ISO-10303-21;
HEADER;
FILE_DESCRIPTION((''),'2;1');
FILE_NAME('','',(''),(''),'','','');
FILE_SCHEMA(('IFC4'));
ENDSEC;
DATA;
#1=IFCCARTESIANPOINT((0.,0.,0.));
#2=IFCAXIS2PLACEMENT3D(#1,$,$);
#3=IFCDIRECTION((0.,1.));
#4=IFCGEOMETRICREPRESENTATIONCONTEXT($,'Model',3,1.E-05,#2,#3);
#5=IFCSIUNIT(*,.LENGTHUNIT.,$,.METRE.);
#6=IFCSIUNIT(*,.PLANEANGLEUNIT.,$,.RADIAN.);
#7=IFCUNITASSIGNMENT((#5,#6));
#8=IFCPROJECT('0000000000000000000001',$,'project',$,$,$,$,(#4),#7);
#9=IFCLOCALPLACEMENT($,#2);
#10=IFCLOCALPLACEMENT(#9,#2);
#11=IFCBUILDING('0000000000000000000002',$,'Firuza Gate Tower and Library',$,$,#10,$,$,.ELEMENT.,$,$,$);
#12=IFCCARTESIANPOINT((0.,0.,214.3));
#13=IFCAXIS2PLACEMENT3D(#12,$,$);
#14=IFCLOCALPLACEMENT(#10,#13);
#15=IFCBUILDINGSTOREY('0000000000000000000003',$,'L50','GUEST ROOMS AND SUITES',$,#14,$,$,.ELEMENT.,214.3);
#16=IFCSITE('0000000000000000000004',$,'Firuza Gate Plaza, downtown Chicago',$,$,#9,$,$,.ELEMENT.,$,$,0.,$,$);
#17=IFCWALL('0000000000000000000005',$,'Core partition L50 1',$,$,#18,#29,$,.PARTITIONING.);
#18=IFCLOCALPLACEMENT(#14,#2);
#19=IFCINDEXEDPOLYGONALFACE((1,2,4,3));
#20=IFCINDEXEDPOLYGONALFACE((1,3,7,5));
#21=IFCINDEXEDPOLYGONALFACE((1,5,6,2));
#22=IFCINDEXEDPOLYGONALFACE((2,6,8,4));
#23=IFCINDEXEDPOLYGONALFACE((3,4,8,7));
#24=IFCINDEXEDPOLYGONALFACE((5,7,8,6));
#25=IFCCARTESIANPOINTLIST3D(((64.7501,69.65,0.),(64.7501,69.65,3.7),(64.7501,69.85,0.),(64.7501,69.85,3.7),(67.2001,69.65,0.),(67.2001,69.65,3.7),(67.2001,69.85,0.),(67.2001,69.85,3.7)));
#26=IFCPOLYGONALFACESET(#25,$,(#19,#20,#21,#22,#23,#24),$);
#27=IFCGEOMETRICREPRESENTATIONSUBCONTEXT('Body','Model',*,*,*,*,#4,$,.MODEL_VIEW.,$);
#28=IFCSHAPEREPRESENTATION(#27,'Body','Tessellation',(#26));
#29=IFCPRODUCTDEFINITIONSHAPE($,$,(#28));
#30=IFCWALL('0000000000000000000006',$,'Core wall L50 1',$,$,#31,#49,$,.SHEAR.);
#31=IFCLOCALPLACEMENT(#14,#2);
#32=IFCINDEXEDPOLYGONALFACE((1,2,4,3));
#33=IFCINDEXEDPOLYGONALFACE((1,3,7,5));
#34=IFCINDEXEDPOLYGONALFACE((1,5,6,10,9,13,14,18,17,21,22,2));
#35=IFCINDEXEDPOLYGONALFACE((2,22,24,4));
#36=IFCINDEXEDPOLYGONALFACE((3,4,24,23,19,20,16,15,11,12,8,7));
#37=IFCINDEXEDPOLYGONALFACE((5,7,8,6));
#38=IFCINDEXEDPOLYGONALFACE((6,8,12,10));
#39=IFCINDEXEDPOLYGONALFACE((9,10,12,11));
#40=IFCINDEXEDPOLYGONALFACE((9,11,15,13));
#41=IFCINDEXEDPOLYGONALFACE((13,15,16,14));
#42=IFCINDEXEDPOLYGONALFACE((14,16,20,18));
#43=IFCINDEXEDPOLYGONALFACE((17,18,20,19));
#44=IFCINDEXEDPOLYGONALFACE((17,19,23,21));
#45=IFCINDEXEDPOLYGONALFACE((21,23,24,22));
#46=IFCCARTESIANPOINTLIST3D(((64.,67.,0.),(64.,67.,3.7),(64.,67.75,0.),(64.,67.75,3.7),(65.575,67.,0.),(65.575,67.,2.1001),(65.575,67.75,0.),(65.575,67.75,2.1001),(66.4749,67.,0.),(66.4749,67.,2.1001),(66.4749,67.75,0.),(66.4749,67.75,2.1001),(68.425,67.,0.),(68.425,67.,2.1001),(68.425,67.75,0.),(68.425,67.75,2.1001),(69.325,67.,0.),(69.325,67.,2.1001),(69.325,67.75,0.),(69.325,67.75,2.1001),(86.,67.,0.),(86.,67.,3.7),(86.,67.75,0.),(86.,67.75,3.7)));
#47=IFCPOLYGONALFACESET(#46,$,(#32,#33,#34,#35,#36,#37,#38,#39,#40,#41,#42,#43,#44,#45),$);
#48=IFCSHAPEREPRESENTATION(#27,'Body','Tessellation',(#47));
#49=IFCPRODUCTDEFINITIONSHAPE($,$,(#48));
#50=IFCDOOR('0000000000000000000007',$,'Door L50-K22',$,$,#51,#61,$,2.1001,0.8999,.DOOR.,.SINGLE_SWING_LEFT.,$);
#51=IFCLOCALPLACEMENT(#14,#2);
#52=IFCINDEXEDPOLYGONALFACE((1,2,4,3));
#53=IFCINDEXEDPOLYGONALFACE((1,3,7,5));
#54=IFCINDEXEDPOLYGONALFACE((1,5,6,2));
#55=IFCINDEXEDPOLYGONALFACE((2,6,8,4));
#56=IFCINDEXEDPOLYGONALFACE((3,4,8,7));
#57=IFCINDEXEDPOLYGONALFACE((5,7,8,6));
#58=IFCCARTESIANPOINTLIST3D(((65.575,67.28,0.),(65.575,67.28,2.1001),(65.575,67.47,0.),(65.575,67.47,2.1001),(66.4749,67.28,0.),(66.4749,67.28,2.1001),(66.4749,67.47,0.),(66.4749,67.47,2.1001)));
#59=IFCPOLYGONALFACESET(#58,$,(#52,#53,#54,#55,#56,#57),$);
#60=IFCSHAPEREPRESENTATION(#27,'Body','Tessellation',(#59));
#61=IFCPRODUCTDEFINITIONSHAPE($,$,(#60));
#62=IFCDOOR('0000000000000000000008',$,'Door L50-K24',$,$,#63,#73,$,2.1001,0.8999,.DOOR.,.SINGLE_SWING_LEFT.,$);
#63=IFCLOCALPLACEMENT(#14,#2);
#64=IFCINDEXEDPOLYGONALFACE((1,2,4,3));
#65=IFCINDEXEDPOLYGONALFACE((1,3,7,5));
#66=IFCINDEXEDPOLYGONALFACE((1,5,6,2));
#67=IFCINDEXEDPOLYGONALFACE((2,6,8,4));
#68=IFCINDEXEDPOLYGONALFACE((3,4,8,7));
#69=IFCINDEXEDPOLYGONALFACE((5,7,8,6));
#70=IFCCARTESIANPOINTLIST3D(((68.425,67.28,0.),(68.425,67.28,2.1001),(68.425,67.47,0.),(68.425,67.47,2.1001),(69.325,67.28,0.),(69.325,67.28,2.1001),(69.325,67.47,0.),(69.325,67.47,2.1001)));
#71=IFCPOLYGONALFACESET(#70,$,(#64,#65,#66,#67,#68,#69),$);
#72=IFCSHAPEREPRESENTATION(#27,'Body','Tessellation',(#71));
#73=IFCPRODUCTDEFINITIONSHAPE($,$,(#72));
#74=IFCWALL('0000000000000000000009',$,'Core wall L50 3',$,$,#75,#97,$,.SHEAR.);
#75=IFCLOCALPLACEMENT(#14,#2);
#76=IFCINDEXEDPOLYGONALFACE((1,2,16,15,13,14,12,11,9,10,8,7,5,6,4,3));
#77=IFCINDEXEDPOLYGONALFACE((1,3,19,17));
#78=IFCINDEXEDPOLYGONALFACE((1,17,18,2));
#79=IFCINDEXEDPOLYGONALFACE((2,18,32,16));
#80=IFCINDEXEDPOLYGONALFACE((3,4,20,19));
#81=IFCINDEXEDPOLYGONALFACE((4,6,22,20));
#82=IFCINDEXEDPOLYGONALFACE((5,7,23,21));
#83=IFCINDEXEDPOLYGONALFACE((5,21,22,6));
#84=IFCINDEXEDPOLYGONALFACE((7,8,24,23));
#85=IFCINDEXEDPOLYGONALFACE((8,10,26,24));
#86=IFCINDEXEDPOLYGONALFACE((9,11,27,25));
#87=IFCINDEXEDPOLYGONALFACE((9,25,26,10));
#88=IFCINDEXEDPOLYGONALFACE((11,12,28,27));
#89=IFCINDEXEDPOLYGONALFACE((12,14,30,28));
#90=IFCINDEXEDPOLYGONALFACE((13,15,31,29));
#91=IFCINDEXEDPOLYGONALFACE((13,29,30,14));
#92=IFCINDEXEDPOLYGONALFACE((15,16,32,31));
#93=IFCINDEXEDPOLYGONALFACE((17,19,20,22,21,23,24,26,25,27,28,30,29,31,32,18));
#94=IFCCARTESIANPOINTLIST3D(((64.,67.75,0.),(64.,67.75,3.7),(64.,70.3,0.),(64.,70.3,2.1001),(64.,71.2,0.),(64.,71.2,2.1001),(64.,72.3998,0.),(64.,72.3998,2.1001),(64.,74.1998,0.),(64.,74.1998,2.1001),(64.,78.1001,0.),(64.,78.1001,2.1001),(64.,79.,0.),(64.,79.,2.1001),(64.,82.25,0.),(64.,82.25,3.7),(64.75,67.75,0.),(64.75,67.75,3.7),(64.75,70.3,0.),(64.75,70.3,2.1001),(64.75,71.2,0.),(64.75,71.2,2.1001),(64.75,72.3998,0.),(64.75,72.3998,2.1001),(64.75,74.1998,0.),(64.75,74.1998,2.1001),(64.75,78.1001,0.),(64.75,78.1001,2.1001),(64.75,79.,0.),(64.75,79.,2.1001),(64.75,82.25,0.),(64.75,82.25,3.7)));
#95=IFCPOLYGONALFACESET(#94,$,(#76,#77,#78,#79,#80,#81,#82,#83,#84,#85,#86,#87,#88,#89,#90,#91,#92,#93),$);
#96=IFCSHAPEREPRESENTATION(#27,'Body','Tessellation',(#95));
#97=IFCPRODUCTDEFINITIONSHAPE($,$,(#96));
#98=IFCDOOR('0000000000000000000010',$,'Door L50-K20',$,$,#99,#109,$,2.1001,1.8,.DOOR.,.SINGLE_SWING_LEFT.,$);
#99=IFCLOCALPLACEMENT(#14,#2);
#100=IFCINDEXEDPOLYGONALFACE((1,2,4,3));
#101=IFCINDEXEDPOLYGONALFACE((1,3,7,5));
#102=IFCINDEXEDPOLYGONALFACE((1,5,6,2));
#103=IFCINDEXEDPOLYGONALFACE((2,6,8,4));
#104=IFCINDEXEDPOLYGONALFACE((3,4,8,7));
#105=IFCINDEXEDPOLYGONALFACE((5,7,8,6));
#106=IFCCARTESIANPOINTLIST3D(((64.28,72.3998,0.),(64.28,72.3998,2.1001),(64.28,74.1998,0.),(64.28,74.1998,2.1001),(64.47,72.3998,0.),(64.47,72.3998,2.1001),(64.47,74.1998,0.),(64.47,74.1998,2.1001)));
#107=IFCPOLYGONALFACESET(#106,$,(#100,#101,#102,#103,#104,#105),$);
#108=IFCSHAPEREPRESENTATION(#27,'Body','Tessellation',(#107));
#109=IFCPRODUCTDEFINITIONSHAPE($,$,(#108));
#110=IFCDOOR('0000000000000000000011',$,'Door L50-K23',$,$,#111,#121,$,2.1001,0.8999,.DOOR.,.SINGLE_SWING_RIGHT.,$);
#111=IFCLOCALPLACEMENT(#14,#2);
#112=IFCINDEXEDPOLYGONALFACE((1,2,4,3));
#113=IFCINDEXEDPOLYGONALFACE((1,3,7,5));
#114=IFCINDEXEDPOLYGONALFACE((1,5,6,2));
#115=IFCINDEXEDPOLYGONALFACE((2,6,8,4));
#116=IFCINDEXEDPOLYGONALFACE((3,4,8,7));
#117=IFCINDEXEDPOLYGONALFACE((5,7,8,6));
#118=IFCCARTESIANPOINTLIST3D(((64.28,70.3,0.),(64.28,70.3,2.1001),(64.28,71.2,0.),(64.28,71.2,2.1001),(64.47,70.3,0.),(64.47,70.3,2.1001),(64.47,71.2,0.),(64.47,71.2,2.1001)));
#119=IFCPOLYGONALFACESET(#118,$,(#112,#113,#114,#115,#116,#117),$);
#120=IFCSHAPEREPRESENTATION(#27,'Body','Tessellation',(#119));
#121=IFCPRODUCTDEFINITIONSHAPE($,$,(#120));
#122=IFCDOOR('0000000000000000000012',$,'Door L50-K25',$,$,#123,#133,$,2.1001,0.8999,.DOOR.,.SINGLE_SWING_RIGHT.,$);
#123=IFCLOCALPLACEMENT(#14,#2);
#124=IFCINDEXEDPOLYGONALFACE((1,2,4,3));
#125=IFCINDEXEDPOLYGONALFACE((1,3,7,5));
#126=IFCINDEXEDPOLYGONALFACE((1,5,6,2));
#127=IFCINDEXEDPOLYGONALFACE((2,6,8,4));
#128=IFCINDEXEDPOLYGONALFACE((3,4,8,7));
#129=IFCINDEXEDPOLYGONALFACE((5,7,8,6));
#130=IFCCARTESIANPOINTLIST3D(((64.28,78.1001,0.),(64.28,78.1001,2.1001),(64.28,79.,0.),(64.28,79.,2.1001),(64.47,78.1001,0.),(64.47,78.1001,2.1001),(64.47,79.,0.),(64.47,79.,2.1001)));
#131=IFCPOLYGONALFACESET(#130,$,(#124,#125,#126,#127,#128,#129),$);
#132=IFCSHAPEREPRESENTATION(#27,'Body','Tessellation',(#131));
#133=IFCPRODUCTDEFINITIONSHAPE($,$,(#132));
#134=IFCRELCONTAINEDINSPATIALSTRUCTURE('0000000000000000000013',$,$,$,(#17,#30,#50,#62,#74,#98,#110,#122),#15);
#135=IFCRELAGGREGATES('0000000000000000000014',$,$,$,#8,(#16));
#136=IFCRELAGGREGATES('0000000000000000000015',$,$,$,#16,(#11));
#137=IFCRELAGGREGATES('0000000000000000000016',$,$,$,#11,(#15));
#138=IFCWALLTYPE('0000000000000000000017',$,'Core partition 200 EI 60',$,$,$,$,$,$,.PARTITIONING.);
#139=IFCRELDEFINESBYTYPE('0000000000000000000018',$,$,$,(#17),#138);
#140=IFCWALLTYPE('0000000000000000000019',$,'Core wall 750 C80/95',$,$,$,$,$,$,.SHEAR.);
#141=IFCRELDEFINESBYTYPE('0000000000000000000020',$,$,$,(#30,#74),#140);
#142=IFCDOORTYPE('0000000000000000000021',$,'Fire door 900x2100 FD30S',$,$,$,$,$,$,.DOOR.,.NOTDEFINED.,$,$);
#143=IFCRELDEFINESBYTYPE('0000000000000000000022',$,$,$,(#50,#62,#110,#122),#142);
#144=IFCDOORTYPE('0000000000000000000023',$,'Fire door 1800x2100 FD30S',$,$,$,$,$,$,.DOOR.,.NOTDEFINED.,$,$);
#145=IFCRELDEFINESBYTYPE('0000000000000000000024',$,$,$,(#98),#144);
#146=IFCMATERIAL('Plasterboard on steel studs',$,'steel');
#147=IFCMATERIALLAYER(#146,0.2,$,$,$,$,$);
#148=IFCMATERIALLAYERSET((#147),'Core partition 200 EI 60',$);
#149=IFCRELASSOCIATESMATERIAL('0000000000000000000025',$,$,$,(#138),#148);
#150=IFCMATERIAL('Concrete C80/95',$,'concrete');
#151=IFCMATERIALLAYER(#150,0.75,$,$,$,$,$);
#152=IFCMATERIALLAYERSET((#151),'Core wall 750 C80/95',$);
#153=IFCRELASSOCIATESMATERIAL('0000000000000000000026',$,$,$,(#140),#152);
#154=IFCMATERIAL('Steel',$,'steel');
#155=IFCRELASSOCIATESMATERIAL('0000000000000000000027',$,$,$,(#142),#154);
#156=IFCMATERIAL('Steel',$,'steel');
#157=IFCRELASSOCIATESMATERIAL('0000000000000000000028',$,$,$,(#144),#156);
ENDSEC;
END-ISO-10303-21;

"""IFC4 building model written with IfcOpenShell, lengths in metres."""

from ifc_helpers import new_model, si_unit, direction, frame, frame_2d, origin, place, context, subcontext, project, spatial, rectangle, extrude, material, layer, layer_set, type_object, element, fill, save


model = new_model("IFC4")

# Units and contexts
model_context = context("Model", 3, precision=1e-05, world=origin(), true_north=direction((0.0, 1.0)))
body_context = subcontext(model_context, "Body", "Model", "MODEL_VIEW")
ifc_project = project(units=[si_unit("LENGTHUNIT", "METRE"), si_unit("PLANEANGLEUNIT", "RADIAN")], contexts=[model_context])

# Site, building, storey
site_placement = place(None, origin())
site = spatial("IfcSite", under=ifc_project, at=site_placement, Name="Firuza Gate Plaza, downtown Chicago", CompositionType="ELEMENT", RefElevation=0.0)
building_placement = place(site_placement, origin())
building = spatial("IfcBuilding", under=site, at=building_placement, Name="Firuza Gate Tower and Library", CompositionType="ELEMENT")
storey_placement = place(building_placement, frame((0.0, 0.0, 214.3)))
storey = spatial("IfcBuildingStorey", under=building, at=storey_placement, Name="L50", Description="GUEST ROOMS AND SUITES", CompositionType="ELEMENT", Elevation=214.3)

# Wall
ifc_material_1 = material(Name="Plasterboard on steel studs", Category="steel")
ifc_layer_1 = layer(ifc_material_1, 0.2)
ifc_layer_set_1 = layer_set([ifc_layer_1], Name="Core partition 200 EI 60")
wall_type_1 = type_object("IfcWallType", Name="Core partition 200 EI 60", PredefinedType="PARTITIONING", material=ifc_layer_set_1)
wall_1_placement = place(storey_placement, frame((64.75, 69.75, 0.0), z_axis=(0.0, 0.0, 1.0), x_axis=(1.0, 0.0, 0.0)))
element("IfcWall", 1, at=wall_1_placement, inside=storey, type_object=wall_type_1, Name="Core partition L50 1", PredefinedType="PARTITIONING", context=body_context, shape_type="SweptSolid", body=[
    extrude(rectangle(XDim=2.45, YDim=0.2, at=frame_2d((1.2251, 0.0))), origin(), (0.0, 0.0, 1.0), 3.7),
])

# Walls, openings, doors
ifc_material_2 = material(Name="Concrete C80/95", Category="concrete")
ifc_layer_2 = layer(ifc_material_2, 0.75)
ifc_layer_set_2 = layer_set([ifc_layer_2], Name="Core wall 750 C80/95")
wall_type_2 = type_object("IfcWallType", Name="Core wall 750 C80/95", PredefinedType="SHEAR", material=ifc_layer_set_2)
wall_2_placement = place(storey_placement, frame((64.0, 67.375, 0.0), z_axis=(0.0, 0.0, 1.0), x_axis=(1.0, 0.0, 0.0)))
wall_2 = element("IfcWall", 2, at=wall_2_placement, inside=storey, type_object=wall_type_2, Name="Core wall L50 1", PredefinedType="SHEAR", context=body_context, shape_type="SweptSolid", body=[
    extrude(rectangle(XDim=22.0, YDim=0.75, at=frame_2d((11.0, 0.0))), origin(), (0.0, 0.0, 1.0), 3.7),
])
opening_1_placement = place(wall_2_placement, frame((1.575, 0.0, 0.0)))
opening_1 = element("IfcOpeningElement", 3, at=opening_1_placement, cuts=wall_2, PredefinedType="OPENING", context=body_context, shape_type="SweptSolid", body=[
    extrude(rectangle(XDim=0.8999, YDim=2.1001, at=frame_2d((0.45, 1.05))), frame((0.0, 0.385, 0.0), z_axis=(0.0, -1.0, 0.0), x_axis=(1.0, 0.0, 0.0)), (0.0, 0.0, 1.0), 0.77),
])
opening_2_placement = place(wall_2_placement, frame((4.425, 0.0, 0.0)))
opening_2 = element("IfcOpeningElement", 4, at=opening_2_placement, cuts=wall_2, PredefinedType="OPENING", context=body_context, shape_type="SweptSolid", body=[
    extrude(rectangle(XDim=0.8999, YDim=2.1001, at=frame_2d((0.45, 1.05))), frame((0.0, 0.385, 0.0), z_axis=(0.0, -1.0, 0.0), x_axis=(1.0, 0.0, 0.0)), (0.0, 0.0, 1.0), 0.77),
])
ifc_material_3 = material(Name="Steel", Category="steel")
door_type_1 = type_object("IfcDoorType", Name="Fire door 900x2100 FD30S", OperationType="NOTDEFINED", PredefinedType="DOOR", material=ifc_material_3)
door_1_placement = place(opening_1_placement, origin())
door_1 = element("IfcDoor", 5, at=door_1_placement, inside=storey, type_object=door_type_1, Name="Door L50-K22", OperationType="SINGLE_SWING_LEFT", OverallHeight=2.1001, OverallWidth=0.8999, PredefinedType="DOOR", context=body_context, shape_type="SweptSolid", body=[
    extrude(rectangle(XDim=0.8999, YDim=2.1001, at=frame_2d((0.45, 1.05))), frame((0.0, 0.095, 0.0), z_axis=(0.0, -1.0, 0.0), x_axis=(1.0, 0.0, 0.0)), (0.0, 0.0, 1.0), 0.1899),
])
fill(opening_1, door_1)
door_2_placement = place(opening_2_placement, origin())
door_2 = element("IfcDoor", 6, at=door_2_placement, inside=storey, type_object=door_type_1, Name="Door L50-K24", OperationType="SINGLE_SWING_LEFT", OverallHeight=2.1001, OverallWidth=0.8999, PredefinedType="DOOR", context=body_context, shape_type="SweptSolid", body=[
    extrude(rectangle(XDim=0.8999, YDim=2.1001, at=frame_2d((0.45, 1.05))), frame((0.0, 0.095, 0.0), z_axis=(0.0, -1.0, 0.0), x_axis=(1.0, 0.0, 0.0)), (0.0, 0.0, 1.0), 0.1899),
])
fill(opening_2, door_2)
wall_3_placement = place(storey_placement, frame((64.375, 67.75, 0.0), z_axis=(0.0, 0.0, 1.0), x_axis=(0.0, 1.0, 0.0)))
wall_3 = element("IfcWall", 7, at=wall_3_placement, inside=storey, type_object=wall_type_2, Name="Core wall L50 3", PredefinedType="SHEAR", context=body_context, shape_type="SweptSolid", body=[
    extrude(rectangle(XDim=14.5, YDim=0.75, at=frame_2d((7.25, 0.0))), origin(), (0.0, 0.0, 1.0), 3.7),
])
opening_3_placement = place(wall_3_placement, frame((4.6499, 0.0, 0.0)))
opening_3 = element("IfcOpeningElement", 8, at=opening_3_placement, cuts=wall_3, PredefinedType="OPENING", context=body_context, shape_type="SweptSolid", body=[
    extrude(rectangle(XDim=1.8, YDim=2.1001, at=frame_2d((0.8999, 1.05))), frame((0.0, 0.385, 0.0), z_axis=(0.0, -1.0, 0.0), x_axis=(1.0, 0.0, 0.0)), (0.0, 0.0, 1.0), 0.77),
])
opening_4_placement = place(wall_3_placement, frame((2.55, 0.0, 0.0)))
opening_4 = element("IfcOpeningElement", 9, at=opening_4_placement, cuts=wall_3, PredefinedType="OPENING", context=body_context, shape_type="SweptSolid", body=[
    extrude(rectangle(XDim=0.8999, YDim=2.1001, at=frame_2d((0.45, 1.05))), frame((0.0, 0.385, 0.0), z_axis=(0.0, -1.0, 0.0), x_axis=(1.0, 0.0, 0.0)), (0.0, 0.0, 1.0), 0.77),
])
opening_5_placement = place(wall_3_placement, frame((10.3501, 0.0, 0.0)))
opening_5 = element("IfcOpeningElement", 10, at=opening_5_placement, cuts=wall_3, PredefinedType="OPENING", context=body_context, shape_type="SweptSolid", body=[
    extrude(rectangle(XDim=0.8999, YDim=2.1001, at=frame_2d((0.45, 1.05))), frame((0.0, 0.385, 0.0), z_axis=(0.0, -1.0, 0.0), x_axis=(1.0, 0.0, 0.0)), (0.0, 0.0, 1.0), 0.77),
])
ifc_material_4 = material(Name="Steel", Category="steel")
door_type_2 = type_object("IfcDoorType", Name="Fire door 1800x2100 FD30S", OperationType="NOTDEFINED", PredefinedType="DOOR", material=ifc_material_4)
door_3_placement = place(opening_3_placement, origin())
door_3 = element("IfcDoor", 11, at=door_3_placement, inside=storey, type_object=door_type_2, Name="Door L50-K20", OperationType="SINGLE_SWING_LEFT", OverallHeight=2.1001, OverallWidth=1.8, PredefinedType="DOOR", context=body_context, shape_type="SweptSolid", body=[
    extrude(rectangle(XDim=1.8, YDim=2.1001, at=frame_2d((0.8999, 1.05))), frame((0.0, 0.095, 0.0), z_axis=(0.0, -1.0, 0.0), x_axis=(1.0, 0.0, 0.0)), (0.0, 0.0, 1.0), 0.1899),
])
fill(opening_3, door_3)
door_4_placement = place(opening_4_placement, origin())
door_4 = element("IfcDoor", 12, at=door_4_placement, inside=storey, type_object=door_type_1, Name="Door L50-K23", OperationType="SINGLE_SWING_RIGHT", OverallHeight=2.1001, OverallWidth=0.8999, PredefinedType="DOOR", context=body_context, shape_type="SweptSolid", body=[
    extrude(rectangle(XDim=0.8999, YDim=2.1001, at=frame_2d((0.45, 1.05))), frame((0.0, 0.095, 0.0), z_axis=(0.0, -1.0, 0.0), x_axis=(1.0, 0.0, 0.0)), (0.0, 0.0, 1.0), 0.1899),
])
fill(opening_4, door_4)
door_5_placement = place(opening_5_placement, origin())
door_5 = element("IfcDoor", 13, at=door_5_placement, inside=storey, type_object=door_type_1, Name="Door L50-K25", OperationType="SINGLE_SWING_RIGHT", OverallHeight=2.1001, OverallWidth=0.8999, PredefinedType="DOOR", context=body_context, shape_type="SweptSolid", body=[
    extrude(rectangle(XDim=0.8999, YDim=2.1001, at=frame_2d((0.45, 1.05))), frame((0.0, 0.095, 0.0), z_axis=(0.0, -1.0, 0.0), x_axis=(1.0, 0.0, 0.0)), (0.0, 0.0, 1.0), 0.1899),
])
fill(opening_5, door_5)

save(model, "model.ifc")
